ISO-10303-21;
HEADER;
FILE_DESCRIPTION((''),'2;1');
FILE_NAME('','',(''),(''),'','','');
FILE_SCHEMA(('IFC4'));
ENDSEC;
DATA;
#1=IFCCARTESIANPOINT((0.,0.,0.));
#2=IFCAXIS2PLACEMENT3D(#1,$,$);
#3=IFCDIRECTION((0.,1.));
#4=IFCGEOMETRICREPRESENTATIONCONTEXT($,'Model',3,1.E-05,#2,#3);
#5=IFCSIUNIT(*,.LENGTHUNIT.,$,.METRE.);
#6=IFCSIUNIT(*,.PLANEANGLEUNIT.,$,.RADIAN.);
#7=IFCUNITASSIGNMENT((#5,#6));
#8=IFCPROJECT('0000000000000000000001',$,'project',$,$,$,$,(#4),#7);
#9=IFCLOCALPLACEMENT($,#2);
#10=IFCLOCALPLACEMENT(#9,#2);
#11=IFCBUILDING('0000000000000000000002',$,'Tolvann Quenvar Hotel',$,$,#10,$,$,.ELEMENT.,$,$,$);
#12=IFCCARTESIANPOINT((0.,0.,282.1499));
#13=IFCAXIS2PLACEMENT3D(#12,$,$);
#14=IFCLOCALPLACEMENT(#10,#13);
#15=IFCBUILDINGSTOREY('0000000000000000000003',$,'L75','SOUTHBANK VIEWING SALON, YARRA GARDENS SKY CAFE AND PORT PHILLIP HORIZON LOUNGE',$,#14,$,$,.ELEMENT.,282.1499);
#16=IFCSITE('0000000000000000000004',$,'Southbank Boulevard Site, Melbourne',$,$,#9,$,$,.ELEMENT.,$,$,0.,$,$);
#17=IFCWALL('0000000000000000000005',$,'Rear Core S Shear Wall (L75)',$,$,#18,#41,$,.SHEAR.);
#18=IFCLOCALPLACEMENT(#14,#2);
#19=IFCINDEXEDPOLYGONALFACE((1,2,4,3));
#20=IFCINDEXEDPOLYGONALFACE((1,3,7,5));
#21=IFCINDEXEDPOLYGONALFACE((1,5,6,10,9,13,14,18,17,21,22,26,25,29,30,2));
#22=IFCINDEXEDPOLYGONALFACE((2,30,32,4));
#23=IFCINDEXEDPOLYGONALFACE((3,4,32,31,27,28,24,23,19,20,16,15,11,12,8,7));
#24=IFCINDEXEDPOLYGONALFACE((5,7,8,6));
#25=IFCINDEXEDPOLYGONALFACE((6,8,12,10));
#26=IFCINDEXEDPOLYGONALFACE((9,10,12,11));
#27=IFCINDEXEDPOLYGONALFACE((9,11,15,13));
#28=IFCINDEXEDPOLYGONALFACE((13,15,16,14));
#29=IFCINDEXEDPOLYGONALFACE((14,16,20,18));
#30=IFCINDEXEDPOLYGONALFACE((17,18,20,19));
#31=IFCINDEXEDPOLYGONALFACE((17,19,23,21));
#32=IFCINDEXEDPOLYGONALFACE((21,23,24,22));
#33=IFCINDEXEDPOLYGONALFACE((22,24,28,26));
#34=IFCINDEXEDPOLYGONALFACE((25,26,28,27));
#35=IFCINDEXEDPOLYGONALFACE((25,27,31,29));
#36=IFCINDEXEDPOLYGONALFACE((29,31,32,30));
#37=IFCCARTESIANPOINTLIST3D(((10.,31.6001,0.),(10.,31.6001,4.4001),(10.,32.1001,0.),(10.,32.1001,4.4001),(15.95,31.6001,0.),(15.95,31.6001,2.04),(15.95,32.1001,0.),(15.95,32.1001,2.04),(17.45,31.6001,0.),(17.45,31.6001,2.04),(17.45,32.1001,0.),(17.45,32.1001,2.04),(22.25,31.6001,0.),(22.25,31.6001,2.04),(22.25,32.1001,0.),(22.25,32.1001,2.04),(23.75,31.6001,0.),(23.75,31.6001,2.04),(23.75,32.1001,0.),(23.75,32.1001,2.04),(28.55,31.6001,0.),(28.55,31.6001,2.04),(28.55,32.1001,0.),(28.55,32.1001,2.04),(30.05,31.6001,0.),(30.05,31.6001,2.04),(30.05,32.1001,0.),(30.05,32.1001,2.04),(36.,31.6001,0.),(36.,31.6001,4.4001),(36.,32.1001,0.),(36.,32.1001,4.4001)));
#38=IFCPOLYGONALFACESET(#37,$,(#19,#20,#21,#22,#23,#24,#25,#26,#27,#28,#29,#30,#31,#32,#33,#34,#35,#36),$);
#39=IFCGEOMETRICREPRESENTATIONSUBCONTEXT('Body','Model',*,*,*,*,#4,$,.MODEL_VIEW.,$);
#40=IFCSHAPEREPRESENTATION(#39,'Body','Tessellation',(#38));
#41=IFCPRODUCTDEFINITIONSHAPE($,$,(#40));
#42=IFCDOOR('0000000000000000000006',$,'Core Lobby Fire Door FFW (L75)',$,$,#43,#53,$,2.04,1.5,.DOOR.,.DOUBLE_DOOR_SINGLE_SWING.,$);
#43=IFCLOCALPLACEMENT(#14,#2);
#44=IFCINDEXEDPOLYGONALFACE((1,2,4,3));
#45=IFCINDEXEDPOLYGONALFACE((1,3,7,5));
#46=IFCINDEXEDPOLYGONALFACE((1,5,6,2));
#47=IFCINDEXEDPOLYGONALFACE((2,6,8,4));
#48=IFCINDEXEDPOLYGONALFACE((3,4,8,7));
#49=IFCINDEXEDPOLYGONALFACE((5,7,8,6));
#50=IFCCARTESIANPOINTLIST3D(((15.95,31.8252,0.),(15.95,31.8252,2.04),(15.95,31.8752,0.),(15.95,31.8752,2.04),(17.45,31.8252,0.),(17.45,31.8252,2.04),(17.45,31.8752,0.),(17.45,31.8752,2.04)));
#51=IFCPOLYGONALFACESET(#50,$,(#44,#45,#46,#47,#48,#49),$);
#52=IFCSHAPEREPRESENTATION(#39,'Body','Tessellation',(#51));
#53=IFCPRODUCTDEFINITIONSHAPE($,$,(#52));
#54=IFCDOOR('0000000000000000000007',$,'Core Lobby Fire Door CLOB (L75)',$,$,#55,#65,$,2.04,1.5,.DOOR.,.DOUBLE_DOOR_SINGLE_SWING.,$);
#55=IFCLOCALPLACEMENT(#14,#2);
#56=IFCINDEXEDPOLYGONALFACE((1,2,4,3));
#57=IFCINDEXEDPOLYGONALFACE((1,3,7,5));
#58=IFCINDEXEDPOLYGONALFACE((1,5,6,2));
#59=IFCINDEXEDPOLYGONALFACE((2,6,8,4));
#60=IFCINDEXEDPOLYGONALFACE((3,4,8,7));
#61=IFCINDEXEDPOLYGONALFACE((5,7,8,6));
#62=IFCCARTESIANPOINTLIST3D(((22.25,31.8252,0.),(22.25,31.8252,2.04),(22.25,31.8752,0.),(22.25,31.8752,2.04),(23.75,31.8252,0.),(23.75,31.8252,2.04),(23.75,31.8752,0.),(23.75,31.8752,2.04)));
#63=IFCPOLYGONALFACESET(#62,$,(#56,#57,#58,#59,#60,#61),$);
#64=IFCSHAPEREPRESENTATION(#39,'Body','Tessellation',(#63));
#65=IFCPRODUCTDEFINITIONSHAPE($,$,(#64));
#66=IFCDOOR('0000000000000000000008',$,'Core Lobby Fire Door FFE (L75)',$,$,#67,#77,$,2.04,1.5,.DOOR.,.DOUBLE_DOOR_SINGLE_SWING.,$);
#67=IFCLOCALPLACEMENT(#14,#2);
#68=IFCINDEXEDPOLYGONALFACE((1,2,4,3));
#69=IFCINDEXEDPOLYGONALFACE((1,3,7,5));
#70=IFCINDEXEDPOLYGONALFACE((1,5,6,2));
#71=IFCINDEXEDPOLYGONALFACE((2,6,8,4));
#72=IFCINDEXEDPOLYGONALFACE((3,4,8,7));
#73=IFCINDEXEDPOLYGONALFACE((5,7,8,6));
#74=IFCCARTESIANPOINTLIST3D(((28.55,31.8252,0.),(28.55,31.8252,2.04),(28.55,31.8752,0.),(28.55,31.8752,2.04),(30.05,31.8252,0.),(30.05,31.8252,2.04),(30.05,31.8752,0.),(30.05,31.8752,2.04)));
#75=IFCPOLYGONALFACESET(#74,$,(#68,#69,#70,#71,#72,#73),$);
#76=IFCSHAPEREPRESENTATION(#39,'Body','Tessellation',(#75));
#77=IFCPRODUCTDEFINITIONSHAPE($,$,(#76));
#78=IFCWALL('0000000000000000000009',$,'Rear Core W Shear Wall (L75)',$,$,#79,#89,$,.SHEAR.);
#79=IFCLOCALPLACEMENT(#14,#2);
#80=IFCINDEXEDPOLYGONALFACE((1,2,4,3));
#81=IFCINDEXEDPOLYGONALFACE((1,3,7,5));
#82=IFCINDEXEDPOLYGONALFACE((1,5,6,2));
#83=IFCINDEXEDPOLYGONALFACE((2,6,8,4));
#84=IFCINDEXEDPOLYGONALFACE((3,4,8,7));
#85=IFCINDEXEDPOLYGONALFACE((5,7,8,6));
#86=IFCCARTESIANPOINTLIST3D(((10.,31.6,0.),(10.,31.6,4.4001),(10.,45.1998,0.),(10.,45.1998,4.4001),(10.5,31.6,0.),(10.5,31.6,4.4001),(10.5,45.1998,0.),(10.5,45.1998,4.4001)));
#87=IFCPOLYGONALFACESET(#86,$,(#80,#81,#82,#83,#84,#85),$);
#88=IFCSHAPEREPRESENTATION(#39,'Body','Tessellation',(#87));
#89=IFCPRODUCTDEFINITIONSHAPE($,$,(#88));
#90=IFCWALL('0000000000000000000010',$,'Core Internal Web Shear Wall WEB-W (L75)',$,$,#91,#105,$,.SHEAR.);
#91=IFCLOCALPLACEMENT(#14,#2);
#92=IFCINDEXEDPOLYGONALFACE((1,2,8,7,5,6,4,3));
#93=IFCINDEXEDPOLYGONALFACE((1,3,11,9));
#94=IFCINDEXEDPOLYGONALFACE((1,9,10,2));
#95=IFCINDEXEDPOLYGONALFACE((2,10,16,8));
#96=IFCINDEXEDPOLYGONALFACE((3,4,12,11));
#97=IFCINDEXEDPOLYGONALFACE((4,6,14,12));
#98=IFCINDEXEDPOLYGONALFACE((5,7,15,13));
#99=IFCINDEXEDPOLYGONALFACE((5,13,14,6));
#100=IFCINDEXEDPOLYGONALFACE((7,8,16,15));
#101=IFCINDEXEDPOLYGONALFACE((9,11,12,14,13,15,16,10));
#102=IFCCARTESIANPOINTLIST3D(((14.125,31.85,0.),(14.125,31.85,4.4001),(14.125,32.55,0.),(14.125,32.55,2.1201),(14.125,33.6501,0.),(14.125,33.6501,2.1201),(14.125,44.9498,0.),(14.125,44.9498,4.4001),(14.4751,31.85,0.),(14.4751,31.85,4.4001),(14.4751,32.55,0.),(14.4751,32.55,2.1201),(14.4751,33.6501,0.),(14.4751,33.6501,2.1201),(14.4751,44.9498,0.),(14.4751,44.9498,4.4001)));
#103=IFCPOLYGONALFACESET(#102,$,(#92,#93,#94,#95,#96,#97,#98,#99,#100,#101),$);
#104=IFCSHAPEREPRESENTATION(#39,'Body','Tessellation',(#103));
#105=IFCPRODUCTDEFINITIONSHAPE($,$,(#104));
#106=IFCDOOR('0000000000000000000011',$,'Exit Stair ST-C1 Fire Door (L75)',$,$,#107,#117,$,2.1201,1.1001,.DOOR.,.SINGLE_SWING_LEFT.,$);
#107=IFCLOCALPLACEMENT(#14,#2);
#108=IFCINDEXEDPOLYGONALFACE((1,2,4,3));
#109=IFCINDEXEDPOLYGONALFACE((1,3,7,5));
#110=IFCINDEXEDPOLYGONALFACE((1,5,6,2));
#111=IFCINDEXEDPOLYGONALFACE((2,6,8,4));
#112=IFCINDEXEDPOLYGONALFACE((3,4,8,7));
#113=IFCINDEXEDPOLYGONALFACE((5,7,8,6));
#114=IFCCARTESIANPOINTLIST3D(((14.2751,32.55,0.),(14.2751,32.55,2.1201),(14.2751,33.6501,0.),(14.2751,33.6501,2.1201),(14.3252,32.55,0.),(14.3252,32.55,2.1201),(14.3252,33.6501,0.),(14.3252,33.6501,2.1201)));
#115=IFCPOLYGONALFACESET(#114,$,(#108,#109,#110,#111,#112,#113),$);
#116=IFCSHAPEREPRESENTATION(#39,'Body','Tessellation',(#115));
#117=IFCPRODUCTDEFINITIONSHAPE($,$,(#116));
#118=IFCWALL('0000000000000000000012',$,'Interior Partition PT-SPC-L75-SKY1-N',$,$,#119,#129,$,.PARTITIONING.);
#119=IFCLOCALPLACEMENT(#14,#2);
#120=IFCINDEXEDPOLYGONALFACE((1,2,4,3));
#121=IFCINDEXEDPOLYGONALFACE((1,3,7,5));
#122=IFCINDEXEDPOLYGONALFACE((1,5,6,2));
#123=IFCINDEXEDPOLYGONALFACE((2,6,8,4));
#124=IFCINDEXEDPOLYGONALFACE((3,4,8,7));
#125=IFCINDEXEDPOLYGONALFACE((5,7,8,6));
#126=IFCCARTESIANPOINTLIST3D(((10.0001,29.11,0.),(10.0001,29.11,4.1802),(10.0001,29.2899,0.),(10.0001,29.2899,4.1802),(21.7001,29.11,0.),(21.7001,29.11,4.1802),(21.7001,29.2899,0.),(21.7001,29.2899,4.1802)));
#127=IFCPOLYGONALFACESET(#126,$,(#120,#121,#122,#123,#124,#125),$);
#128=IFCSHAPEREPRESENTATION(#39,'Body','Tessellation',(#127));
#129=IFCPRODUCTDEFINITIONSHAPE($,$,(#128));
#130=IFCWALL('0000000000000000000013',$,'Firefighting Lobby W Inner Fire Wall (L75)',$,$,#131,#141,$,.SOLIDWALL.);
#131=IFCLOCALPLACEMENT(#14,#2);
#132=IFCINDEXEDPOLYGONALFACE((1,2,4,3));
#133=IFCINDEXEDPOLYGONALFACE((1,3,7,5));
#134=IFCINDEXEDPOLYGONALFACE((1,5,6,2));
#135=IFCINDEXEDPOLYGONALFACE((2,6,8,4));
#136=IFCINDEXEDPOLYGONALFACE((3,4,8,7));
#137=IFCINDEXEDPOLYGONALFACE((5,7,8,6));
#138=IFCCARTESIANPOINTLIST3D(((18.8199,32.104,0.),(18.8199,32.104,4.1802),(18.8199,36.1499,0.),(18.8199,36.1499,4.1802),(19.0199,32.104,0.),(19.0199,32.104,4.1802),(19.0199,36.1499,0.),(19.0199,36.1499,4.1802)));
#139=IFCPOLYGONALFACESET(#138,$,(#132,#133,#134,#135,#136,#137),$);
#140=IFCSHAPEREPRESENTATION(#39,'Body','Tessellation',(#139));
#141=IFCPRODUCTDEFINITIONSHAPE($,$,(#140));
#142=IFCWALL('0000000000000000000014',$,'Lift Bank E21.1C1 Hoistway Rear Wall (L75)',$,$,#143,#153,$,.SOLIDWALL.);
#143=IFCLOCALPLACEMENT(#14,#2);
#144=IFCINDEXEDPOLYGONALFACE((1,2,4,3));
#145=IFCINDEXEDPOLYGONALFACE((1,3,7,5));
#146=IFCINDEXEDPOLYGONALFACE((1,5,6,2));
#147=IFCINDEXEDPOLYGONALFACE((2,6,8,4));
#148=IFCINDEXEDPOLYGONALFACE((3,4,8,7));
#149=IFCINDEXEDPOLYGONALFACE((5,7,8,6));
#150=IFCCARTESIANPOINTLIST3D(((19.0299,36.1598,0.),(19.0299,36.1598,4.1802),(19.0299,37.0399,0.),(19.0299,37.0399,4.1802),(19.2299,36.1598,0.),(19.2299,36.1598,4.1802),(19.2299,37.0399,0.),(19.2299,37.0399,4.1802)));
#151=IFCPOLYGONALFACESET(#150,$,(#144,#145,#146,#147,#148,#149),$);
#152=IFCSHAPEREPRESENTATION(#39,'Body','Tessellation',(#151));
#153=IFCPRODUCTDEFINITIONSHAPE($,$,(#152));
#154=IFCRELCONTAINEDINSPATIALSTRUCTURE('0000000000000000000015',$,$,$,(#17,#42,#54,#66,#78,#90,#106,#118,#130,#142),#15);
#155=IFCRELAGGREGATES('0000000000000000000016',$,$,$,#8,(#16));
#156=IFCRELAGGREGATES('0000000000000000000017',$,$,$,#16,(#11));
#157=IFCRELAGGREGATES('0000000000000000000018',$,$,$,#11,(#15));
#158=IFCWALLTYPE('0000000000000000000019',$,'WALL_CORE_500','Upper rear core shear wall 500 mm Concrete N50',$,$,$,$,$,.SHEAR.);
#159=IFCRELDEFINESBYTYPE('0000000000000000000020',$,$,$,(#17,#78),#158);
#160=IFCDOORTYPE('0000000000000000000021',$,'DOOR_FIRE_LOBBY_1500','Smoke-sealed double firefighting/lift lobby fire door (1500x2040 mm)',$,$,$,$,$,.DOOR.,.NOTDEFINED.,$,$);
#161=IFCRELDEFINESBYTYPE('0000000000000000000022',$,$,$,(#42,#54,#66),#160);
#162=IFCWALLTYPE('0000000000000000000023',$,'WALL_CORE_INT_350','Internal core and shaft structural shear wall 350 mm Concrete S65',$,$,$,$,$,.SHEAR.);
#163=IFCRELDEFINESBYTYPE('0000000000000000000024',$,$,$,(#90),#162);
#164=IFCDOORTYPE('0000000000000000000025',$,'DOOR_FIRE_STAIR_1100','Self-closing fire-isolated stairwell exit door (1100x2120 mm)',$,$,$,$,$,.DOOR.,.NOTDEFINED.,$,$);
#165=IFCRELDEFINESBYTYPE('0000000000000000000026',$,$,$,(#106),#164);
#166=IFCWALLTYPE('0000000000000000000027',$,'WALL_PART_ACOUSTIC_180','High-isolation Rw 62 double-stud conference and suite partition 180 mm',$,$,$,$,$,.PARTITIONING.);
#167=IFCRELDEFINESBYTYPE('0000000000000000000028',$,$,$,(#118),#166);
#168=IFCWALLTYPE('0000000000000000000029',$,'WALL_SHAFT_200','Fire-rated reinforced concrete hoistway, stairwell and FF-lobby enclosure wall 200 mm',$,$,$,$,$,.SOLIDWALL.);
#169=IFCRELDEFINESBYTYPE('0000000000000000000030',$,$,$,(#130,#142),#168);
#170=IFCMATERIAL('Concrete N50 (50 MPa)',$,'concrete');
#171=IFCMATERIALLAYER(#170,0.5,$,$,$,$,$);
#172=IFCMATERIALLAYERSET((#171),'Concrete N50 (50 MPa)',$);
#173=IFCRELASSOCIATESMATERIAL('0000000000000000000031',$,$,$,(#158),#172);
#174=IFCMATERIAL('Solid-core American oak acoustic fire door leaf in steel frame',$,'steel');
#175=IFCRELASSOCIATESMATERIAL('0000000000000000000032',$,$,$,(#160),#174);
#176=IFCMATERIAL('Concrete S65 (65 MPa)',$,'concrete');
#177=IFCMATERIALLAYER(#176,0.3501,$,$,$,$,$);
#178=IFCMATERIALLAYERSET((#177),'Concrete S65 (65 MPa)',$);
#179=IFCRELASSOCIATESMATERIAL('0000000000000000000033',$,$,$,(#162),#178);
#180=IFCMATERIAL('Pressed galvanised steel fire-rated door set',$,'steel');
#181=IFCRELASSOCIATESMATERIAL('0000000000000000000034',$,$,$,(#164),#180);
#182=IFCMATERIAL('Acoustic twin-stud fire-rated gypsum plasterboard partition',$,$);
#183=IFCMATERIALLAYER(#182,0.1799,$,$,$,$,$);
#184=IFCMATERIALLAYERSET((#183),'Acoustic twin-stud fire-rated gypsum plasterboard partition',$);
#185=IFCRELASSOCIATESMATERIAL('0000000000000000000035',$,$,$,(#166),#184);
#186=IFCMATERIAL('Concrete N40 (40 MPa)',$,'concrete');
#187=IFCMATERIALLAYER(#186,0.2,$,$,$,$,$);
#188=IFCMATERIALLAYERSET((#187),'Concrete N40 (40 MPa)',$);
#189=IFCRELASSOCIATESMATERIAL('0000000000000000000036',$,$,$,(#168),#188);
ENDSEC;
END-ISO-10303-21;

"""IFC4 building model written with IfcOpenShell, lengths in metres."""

from ifc_helpers import new_model, si_unit, direction, frame, frame_2d, origin, place, context, subcontext, project, spatial, rectangle, extrude, source, transform, mapped, material, layer, layer_set, type_object, type_shapes, element, fill, save


model = new_model("IFC4")

# Units and contexts
model_context = context("Model", 3, precision=1e-05, world=origin(), true_north=direction((0.0, 1.0)))
body_context = subcontext(model_context, "Body", "Model", "MODEL_VIEW")
ifc_project = project(units=[si_unit("LENGTHUNIT", "METRE"), si_unit("PLANEANGLEUNIT", "RADIAN")], contexts=[model_context])

# Site, building, storey
site_placement = place(None, origin())
site = spatial("IfcSite", under=ifc_project, at=site_placement, Name="Southbank Boulevard Site, Melbourne", CompositionType="ELEMENT", RefElevation=0.0)
building_placement = place(site_placement, origin())
building = spatial("IfcBuilding", under=site, at=building_placement, Name="Tolvann Quenvar Hotel", CompositionType="ELEMENT")
storey_placement = place(building_placement, frame((0.0, 0.0, 282.1499)))
storey = spatial("IfcBuildingStorey", under=building, at=storey_placement, Name="L75", Description="SOUTHBANK VIEWING SALON, YARRA GARDENS SKY CAFE AND PORT PHILLIP HORIZON LOUNGE", CompositionType="ELEMENT", Elevation=282.1499)

# Shared definitions
ifc_material_1 = material(Name="Concrete N50 (50 MPa)", Category="concrete")

# Wall, openings, doors
ifc_layer_1 = layer(ifc_material_1, 0.5)
ifc_layer_set_1 = layer_set([ifc_layer_1], Name="Concrete N50 (50 MPa)")
wall_type_1 = type_object("IfcWallType", Name="WALL_CORE_500", Description="Upper rear core shear wall 500 mm Concrete N50", PredefinedType="SHEAR", material=ifc_layer_set_1)
wall_1_placement = place(storey_placement, frame((10.0, 31.8501, 0.0), z_axis=(0.0, 0.0, 1.0), x_axis=(1.0, 0.0, 0.0)))
wall_1 = element("IfcWall", 1, at=wall_1_placement, inside=storey, type_object=wall_type_1, Name="Rear Core S Shear Wall (L75)", PredefinedType="SHEAR", context=body_context, shape_type="SweptSolid", body=[
    extrude(rectangle(XDim=26.0, YDim=0.5, at=frame_2d((13.0, 0.0))), origin(), (0.0, 0.0, 1.0), 4.4001),
])
opening_1_placement = place(wall_1_placement, frame((7.45, 0.0, 0.0), z_axis=(0.0, 0.0, 1.0), x_axis=(-1.0, 0.0, 0.0)))
opening_1 = element("IfcOpeningElement", 2, at=opening_1_placement, cuts=wall_1, PredefinedType="OPENING", context=body_context, shape_type="SweptSolid", body=[
    extrude(rectangle(XDim=1.5, YDim=2.04, at=frame_2d((0.75, 1.02))), frame((0.0, 0.26, 0.0), z_axis=(0.0, -1.0, 0.0), x_axis=(1.0, 0.0, 0.0)), (0.0, 0.0, 1.0), 0.52),
])
opening_2_placement = place(wall_1_placement, frame((13.75, 0.0, 0.0), z_axis=(0.0, 0.0, 1.0), x_axis=(-1.0, 0.0, 0.0)))
opening_2 = element("IfcOpeningElement", 3, at=opening_2_placement, cuts=wall_1, PredefinedType="OPENING", context=body_context, shape_type="SweptSolid", body=[
    extrude(rectangle(XDim=1.5, YDim=2.04, at=frame_2d((0.75, 1.02))), frame((0.0, 0.26, 0.0), z_axis=(0.0, -1.0, 0.0), x_axis=(1.0, 0.0, 0.0)), (0.0, 0.0, 1.0), 0.52),
])
opening_3_placement = place(wall_1_placement, frame((20.05, 0.0, 0.0), z_axis=(0.0, 0.0, 1.0), x_axis=(-1.0, 0.0, 0.0)))
opening_3 = element("IfcOpeningElement", 4, at=opening_3_placement, cuts=wall_1, PredefinedType="OPENING", context=body_context, shape_type="SweptSolid", body=[
    extrude(rectangle(XDim=1.5, YDim=2.04, at=frame_2d((0.75, 1.02))), frame((0.0, 0.26, 0.0), z_axis=(0.0, -1.0, 0.0), x_axis=(1.0, 0.0, 0.0)), (0.0, 0.0, 1.0), 0.52),
])
ifc_material_2 = material(Name="Solid-core American oak acoustic fire door leaf in steel frame", Category="steel")
door_type_1 = type_object("IfcDoorType", Name="DOOR_FIRE_LOBBY_1500", Description="Smoke-sealed double firefighting/lift lobby fire door (1500x2040 mm)", OperationType="NOTDEFINED", PredefinedType="DOOR", material=ifc_material_2)
shared_shape_1 = source(origin(), body_context, "Body", "SweptSolid", [
    extrude(rectangle(XDim=1.5, YDim=2.04, at=frame_2d((0.75, 1.02))), frame((0.0, 0.0249, 0.0), z_axis=(0.0, -1.0, 0.0), x_axis=(1.0, 0.0, 0.0)), (0.0, 0.0, 1.0), 0.05),
])
type_shapes(door_type_1, [shared_shape_1])
door_1_placement = place(opening_1_placement, origin())
door_1 = element("IfcDoor", 5, at=door_1_placement, inside=storey, type_object=door_type_1, Name="Core Lobby Fire Door FFW (L75)", OperationType="DOUBLE_DOOR_SINGLE_SWING", OverallHeight=2.04, OverallWidth=1.5, PredefinedType="DOOR", context=body_context, shape_type="MappedRepresentation", body=[
    mapped(shared_shape_1, transform((0.0, 0.0, 0.0), x_axis=(1.0, 0.0, 0.0), y_axis=(0.0, 1.0, 0.0), z_axis=(0.0, 0.0, 1.0), scale=1.0)),
])
fill(opening_1, door_1)
door_2_placement = place(opening_2_placement, origin())
door_2 = element("IfcDoor", 6, at=door_2_placement, inside=storey, type_object=door_type_1, Name="Core Lobby Fire Door CLOB (L75)", OperationType="DOUBLE_DOOR_SINGLE_SWING", OverallHeight=2.04, OverallWidth=1.5, PredefinedType="DOOR", context=body_context, shape_type="MappedRepresentation", body=[
    mapped(shared_shape_1, transform((0.0, 0.0, 0.0), x_axis=(1.0, 0.0, 0.0), y_axis=(0.0, 1.0, 0.0), z_axis=(0.0, 0.0, 1.0), scale=1.0)),
])
fill(opening_2, door_2)
door_3_placement = place(opening_3_placement, origin())
door_3 = element("IfcDoor", 7, at=door_3_placement, inside=storey, type_object=door_type_1, Name="Core Lobby Fire Door FFE (L75)", OperationType="DOUBLE_DOOR_SINGLE_SWING", OverallHeight=2.04, OverallWidth=1.5, PredefinedType="DOOR", context=body_context, shape_type="MappedRepresentation", body=[
    mapped(shared_shape_1, transform((0.0, 0.0, 0.0), x_axis=(1.0, 0.0, 0.0), y_axis=(0.0, 1.0, 0.0), z_axis=(0.0, 0.0, 1.0), scale=1.0)),
])
fill(opening_3, door_3)

# Wall
wall_2_placement = place(storey_placement, frame((10.25, 31.6001, 0.0), z_axis=(0.0, 0.0, 1.0), x_axis=(0.0, 1.0, 0.0)))
element("IfcWall", 8, at=wall_2_placement, inside=storey, type_object=wall_type_1, Name="Rear Core W Shear Wall (L75)", PredefinedType="SHEAR", context=body_context, shape_type="SweptSolid", body=[
    extrude(rectangle(XDim=13.5999, YDim=0.5, at=frame_2d((6.7998, 0.0))), origin(), (0.0, 0.0, 1.0), 4.4001),
])

# Wall, opening, door
ifc_material_3 = material(Name="Concrete S65 (65 MPa)", Category="concrete")
ifc_layer_2 = layer(ifc_material_3, 0.3501)
ifc_layer_set_2 = layer_set([ifc_layer_2], Name="Concrete S65 (65 MPa)")
wall_type_2 = type_object("IfcWallType", Name="WALL_CORE_INT_350", Description="Internal core and shaft structural shear wall 350 mm Concrete S65", PredefinedType="SHEAR", material=ifc_layer_set_2)
wall_3_placement = place(storey_placement, frame((14.3, 31.8501, 0.0), z_axis=(0.0, 0.0, 1.0), x_axis=(0.0, 1.0, 0.0)))
wall_3 = element("IfcWall", 9, at=wall_3_placement, inside=storey, type_object=wall_type_2, Name="Core Internal Web Shear Wall WEB-W (L75)", PredefinedType="SHEAR", context=body_context, shape_type="SweptSolid", body=[
    extrude(rectangle(XDim=13.0999, YDim=0.3501, at=frame_2d((6.5498, 0.0))), origin(), (0.0, 0.0, 1.0), 4.4001),
])
opening_4_placement = place(wall_3_placement, frame((0.7, 0.0, 0.0)))
opening_4 = element("IfcOpeningElement", 10, at=opening_4_placement, cuts=wall_3, PredefinedType="OPENING", context=body_context, shape_type="SweptSolid", body=[
    extrude(rectangle(XDim=1.1001, YDim=2.1201, at=frame_2d((0.55, 1.0601))), frame((0.0, 0.1851, 0.0), z_axis=(0.0, -1.0, 0.0), x_axis=(1.0, 0.0, 0.0)), (0.0, 0.0, 1.0), 0.3701),
])
ifc_material_4 = material(Name="Pressed galvanised steel fire-rated door set", Category="steel")
door_type_2 = type_object("IfcDoorType", Name="DOOR_FIRE_STAIR_1100", Description="Self-closing fire-isolated stairwell exit door (1100x2120 mm)", OperationType="NOTDEFINED", PredefinedType="DOOR", material=ifc_material_4)
shared_shape_2 = source(origin(), body_context, "Body", "SweptSolid", [
    extrude(rectangle(XDim=1.1001, YDim=2.1201, at=frame_2d((0.55, 1.0601))), frame((0.0, 0.0249, 0.0), z_axis=(0.0, -1.0, 0.0), x_axis=(1.0, 0.0, 0.0)), (0.0, 0.0, 1.0), 0.05),
])
type_shapes(door_type_2, [shared_shape_2])
door_4_placement = place(opening_4_placement, origin())
door_4 = element("IfcDoor", 11, at=door_4_placement, inside=storey, type_object=door_type_2, Name="Exit Stair ST-C1 Fire Door (L75)", OperationType="SINGLE_SWING_LEFT", OverallHeight=2.1201, OverallWidth=1.1001, PredefinedType="DOOR", context=body_context, shape_type="MappedRepresentation", body=[
    mapped(shared_shape_2, transform((0.0, 0.0, 0.0), x_axis=(1.0, 0.0, 0.0), y_axis=(0.0, 1.0, 0.0), z_axis=(0.0, 0.0, 1.0), scale=1.0)),
])
fill(opening_4, door_4)

# Walls
ifc_material_5 = material(Name="Acoustic twin-stud fire-rated gypsum plasterboard partition")
ifc_layer_3 = layer(ifc_material_5, 0.1799)
ifc_layer_set_3 = layer_set([ifc_layer_3], Name="Acoustic twin-stud fire-rated gypsum plasterboard partition")
wall_type_3 = type_object("IfcWallType", Name="WALL_PART_ACOUSTIC_180", Description="High-isolation Rw 62 double-stud conference and suite partition 180 mm", PredefinedType="PARTITIONING", material=ifc_layer_set_3)
wall_4_placement = place(storey_placement, frame((10.0, 29.2, 0.0), z_axis=(0.0, 0.0, 1.0), x_axis=(1.0, 0.0, 0.0)))
element("IfcWall", 12, at=wall_4_placement, inside=storey, type_object=wall_type_3, Name="Interior Partition PT-SPC-L75-SKY1-N", PredefinedType="PARTITIONING", context=body_context, shape_type="SweptSolid", body=[
    extrude(rectangle(XDim=11.7, YDim=0.1799, at=frame_2d((5.8501, 0.0))), origin(), (0.0, 0.0, 1.0), 4.1802),
])
ifc_material_6 = material(Name="Concrete N40 (40 MPa)", Category="concrete")
ifc_layer_4 = layer(ifc_material_6, 0.2)
ifc_layer_set_4 = layer_set([ifc_layer_4], Name="Concrete N40 (40 MPa)")
wall_type_4 = type_object("IfcWallType", Name="WALL_SHAFT_200", Description="Fire-rated reinforced concrete hoistway, stairwell and FF-lobby enclosure wall 200 mm", PredefinedType="SOLIDWALL", material=ifc_layer_set_4)
wall_5_placement = place(storey_placement, frame((18.9199, 32.104, 0.0), z_axis=(0.0, 0.0, 1.0), x_axis=(0.0, 1.0, 0.0)))
element("IfcWall", 13, at=wall_5_placement, inside=storey, type_object=wall_type_4, Name="Firefighting Lobby W Inner Fire Wall (L75)", PredefinedType="SOLIDWALL", context=body_context, shape_type="SweptSolid", body=[
    extrude(rectangle(XDim=4.0459, YDim=0.2, at=frame_2d((2.0229, 0.0))), origin(), (0.0, 0.0, 1.0), 4.1802),
])
wall_6_placement = place(storey_placement, frame((19.1299, 36.1599, 0.0), z_axis=(0.0, 0.0, 1.0), x_axis=(0.0, 1.0, 0.0)))
element("IfcWall", 14, at=wall_6_placement, inside=storey, type_object=wall_type_4, Name="Lift Bank E21.1C1 Hoistway Rear Wall (L75)", PredefinedType="SOLIDWALL", context=body_context, shape_type="SweptSolid", body=[
    extrude(rectangle(XDim=0.8801, YDim=0.2, at=frame_2d((0.4399, 0.0))), origin(), (0.0, 0.0, 1.0), 4.1802),
])

save(model, "model.ifc")
